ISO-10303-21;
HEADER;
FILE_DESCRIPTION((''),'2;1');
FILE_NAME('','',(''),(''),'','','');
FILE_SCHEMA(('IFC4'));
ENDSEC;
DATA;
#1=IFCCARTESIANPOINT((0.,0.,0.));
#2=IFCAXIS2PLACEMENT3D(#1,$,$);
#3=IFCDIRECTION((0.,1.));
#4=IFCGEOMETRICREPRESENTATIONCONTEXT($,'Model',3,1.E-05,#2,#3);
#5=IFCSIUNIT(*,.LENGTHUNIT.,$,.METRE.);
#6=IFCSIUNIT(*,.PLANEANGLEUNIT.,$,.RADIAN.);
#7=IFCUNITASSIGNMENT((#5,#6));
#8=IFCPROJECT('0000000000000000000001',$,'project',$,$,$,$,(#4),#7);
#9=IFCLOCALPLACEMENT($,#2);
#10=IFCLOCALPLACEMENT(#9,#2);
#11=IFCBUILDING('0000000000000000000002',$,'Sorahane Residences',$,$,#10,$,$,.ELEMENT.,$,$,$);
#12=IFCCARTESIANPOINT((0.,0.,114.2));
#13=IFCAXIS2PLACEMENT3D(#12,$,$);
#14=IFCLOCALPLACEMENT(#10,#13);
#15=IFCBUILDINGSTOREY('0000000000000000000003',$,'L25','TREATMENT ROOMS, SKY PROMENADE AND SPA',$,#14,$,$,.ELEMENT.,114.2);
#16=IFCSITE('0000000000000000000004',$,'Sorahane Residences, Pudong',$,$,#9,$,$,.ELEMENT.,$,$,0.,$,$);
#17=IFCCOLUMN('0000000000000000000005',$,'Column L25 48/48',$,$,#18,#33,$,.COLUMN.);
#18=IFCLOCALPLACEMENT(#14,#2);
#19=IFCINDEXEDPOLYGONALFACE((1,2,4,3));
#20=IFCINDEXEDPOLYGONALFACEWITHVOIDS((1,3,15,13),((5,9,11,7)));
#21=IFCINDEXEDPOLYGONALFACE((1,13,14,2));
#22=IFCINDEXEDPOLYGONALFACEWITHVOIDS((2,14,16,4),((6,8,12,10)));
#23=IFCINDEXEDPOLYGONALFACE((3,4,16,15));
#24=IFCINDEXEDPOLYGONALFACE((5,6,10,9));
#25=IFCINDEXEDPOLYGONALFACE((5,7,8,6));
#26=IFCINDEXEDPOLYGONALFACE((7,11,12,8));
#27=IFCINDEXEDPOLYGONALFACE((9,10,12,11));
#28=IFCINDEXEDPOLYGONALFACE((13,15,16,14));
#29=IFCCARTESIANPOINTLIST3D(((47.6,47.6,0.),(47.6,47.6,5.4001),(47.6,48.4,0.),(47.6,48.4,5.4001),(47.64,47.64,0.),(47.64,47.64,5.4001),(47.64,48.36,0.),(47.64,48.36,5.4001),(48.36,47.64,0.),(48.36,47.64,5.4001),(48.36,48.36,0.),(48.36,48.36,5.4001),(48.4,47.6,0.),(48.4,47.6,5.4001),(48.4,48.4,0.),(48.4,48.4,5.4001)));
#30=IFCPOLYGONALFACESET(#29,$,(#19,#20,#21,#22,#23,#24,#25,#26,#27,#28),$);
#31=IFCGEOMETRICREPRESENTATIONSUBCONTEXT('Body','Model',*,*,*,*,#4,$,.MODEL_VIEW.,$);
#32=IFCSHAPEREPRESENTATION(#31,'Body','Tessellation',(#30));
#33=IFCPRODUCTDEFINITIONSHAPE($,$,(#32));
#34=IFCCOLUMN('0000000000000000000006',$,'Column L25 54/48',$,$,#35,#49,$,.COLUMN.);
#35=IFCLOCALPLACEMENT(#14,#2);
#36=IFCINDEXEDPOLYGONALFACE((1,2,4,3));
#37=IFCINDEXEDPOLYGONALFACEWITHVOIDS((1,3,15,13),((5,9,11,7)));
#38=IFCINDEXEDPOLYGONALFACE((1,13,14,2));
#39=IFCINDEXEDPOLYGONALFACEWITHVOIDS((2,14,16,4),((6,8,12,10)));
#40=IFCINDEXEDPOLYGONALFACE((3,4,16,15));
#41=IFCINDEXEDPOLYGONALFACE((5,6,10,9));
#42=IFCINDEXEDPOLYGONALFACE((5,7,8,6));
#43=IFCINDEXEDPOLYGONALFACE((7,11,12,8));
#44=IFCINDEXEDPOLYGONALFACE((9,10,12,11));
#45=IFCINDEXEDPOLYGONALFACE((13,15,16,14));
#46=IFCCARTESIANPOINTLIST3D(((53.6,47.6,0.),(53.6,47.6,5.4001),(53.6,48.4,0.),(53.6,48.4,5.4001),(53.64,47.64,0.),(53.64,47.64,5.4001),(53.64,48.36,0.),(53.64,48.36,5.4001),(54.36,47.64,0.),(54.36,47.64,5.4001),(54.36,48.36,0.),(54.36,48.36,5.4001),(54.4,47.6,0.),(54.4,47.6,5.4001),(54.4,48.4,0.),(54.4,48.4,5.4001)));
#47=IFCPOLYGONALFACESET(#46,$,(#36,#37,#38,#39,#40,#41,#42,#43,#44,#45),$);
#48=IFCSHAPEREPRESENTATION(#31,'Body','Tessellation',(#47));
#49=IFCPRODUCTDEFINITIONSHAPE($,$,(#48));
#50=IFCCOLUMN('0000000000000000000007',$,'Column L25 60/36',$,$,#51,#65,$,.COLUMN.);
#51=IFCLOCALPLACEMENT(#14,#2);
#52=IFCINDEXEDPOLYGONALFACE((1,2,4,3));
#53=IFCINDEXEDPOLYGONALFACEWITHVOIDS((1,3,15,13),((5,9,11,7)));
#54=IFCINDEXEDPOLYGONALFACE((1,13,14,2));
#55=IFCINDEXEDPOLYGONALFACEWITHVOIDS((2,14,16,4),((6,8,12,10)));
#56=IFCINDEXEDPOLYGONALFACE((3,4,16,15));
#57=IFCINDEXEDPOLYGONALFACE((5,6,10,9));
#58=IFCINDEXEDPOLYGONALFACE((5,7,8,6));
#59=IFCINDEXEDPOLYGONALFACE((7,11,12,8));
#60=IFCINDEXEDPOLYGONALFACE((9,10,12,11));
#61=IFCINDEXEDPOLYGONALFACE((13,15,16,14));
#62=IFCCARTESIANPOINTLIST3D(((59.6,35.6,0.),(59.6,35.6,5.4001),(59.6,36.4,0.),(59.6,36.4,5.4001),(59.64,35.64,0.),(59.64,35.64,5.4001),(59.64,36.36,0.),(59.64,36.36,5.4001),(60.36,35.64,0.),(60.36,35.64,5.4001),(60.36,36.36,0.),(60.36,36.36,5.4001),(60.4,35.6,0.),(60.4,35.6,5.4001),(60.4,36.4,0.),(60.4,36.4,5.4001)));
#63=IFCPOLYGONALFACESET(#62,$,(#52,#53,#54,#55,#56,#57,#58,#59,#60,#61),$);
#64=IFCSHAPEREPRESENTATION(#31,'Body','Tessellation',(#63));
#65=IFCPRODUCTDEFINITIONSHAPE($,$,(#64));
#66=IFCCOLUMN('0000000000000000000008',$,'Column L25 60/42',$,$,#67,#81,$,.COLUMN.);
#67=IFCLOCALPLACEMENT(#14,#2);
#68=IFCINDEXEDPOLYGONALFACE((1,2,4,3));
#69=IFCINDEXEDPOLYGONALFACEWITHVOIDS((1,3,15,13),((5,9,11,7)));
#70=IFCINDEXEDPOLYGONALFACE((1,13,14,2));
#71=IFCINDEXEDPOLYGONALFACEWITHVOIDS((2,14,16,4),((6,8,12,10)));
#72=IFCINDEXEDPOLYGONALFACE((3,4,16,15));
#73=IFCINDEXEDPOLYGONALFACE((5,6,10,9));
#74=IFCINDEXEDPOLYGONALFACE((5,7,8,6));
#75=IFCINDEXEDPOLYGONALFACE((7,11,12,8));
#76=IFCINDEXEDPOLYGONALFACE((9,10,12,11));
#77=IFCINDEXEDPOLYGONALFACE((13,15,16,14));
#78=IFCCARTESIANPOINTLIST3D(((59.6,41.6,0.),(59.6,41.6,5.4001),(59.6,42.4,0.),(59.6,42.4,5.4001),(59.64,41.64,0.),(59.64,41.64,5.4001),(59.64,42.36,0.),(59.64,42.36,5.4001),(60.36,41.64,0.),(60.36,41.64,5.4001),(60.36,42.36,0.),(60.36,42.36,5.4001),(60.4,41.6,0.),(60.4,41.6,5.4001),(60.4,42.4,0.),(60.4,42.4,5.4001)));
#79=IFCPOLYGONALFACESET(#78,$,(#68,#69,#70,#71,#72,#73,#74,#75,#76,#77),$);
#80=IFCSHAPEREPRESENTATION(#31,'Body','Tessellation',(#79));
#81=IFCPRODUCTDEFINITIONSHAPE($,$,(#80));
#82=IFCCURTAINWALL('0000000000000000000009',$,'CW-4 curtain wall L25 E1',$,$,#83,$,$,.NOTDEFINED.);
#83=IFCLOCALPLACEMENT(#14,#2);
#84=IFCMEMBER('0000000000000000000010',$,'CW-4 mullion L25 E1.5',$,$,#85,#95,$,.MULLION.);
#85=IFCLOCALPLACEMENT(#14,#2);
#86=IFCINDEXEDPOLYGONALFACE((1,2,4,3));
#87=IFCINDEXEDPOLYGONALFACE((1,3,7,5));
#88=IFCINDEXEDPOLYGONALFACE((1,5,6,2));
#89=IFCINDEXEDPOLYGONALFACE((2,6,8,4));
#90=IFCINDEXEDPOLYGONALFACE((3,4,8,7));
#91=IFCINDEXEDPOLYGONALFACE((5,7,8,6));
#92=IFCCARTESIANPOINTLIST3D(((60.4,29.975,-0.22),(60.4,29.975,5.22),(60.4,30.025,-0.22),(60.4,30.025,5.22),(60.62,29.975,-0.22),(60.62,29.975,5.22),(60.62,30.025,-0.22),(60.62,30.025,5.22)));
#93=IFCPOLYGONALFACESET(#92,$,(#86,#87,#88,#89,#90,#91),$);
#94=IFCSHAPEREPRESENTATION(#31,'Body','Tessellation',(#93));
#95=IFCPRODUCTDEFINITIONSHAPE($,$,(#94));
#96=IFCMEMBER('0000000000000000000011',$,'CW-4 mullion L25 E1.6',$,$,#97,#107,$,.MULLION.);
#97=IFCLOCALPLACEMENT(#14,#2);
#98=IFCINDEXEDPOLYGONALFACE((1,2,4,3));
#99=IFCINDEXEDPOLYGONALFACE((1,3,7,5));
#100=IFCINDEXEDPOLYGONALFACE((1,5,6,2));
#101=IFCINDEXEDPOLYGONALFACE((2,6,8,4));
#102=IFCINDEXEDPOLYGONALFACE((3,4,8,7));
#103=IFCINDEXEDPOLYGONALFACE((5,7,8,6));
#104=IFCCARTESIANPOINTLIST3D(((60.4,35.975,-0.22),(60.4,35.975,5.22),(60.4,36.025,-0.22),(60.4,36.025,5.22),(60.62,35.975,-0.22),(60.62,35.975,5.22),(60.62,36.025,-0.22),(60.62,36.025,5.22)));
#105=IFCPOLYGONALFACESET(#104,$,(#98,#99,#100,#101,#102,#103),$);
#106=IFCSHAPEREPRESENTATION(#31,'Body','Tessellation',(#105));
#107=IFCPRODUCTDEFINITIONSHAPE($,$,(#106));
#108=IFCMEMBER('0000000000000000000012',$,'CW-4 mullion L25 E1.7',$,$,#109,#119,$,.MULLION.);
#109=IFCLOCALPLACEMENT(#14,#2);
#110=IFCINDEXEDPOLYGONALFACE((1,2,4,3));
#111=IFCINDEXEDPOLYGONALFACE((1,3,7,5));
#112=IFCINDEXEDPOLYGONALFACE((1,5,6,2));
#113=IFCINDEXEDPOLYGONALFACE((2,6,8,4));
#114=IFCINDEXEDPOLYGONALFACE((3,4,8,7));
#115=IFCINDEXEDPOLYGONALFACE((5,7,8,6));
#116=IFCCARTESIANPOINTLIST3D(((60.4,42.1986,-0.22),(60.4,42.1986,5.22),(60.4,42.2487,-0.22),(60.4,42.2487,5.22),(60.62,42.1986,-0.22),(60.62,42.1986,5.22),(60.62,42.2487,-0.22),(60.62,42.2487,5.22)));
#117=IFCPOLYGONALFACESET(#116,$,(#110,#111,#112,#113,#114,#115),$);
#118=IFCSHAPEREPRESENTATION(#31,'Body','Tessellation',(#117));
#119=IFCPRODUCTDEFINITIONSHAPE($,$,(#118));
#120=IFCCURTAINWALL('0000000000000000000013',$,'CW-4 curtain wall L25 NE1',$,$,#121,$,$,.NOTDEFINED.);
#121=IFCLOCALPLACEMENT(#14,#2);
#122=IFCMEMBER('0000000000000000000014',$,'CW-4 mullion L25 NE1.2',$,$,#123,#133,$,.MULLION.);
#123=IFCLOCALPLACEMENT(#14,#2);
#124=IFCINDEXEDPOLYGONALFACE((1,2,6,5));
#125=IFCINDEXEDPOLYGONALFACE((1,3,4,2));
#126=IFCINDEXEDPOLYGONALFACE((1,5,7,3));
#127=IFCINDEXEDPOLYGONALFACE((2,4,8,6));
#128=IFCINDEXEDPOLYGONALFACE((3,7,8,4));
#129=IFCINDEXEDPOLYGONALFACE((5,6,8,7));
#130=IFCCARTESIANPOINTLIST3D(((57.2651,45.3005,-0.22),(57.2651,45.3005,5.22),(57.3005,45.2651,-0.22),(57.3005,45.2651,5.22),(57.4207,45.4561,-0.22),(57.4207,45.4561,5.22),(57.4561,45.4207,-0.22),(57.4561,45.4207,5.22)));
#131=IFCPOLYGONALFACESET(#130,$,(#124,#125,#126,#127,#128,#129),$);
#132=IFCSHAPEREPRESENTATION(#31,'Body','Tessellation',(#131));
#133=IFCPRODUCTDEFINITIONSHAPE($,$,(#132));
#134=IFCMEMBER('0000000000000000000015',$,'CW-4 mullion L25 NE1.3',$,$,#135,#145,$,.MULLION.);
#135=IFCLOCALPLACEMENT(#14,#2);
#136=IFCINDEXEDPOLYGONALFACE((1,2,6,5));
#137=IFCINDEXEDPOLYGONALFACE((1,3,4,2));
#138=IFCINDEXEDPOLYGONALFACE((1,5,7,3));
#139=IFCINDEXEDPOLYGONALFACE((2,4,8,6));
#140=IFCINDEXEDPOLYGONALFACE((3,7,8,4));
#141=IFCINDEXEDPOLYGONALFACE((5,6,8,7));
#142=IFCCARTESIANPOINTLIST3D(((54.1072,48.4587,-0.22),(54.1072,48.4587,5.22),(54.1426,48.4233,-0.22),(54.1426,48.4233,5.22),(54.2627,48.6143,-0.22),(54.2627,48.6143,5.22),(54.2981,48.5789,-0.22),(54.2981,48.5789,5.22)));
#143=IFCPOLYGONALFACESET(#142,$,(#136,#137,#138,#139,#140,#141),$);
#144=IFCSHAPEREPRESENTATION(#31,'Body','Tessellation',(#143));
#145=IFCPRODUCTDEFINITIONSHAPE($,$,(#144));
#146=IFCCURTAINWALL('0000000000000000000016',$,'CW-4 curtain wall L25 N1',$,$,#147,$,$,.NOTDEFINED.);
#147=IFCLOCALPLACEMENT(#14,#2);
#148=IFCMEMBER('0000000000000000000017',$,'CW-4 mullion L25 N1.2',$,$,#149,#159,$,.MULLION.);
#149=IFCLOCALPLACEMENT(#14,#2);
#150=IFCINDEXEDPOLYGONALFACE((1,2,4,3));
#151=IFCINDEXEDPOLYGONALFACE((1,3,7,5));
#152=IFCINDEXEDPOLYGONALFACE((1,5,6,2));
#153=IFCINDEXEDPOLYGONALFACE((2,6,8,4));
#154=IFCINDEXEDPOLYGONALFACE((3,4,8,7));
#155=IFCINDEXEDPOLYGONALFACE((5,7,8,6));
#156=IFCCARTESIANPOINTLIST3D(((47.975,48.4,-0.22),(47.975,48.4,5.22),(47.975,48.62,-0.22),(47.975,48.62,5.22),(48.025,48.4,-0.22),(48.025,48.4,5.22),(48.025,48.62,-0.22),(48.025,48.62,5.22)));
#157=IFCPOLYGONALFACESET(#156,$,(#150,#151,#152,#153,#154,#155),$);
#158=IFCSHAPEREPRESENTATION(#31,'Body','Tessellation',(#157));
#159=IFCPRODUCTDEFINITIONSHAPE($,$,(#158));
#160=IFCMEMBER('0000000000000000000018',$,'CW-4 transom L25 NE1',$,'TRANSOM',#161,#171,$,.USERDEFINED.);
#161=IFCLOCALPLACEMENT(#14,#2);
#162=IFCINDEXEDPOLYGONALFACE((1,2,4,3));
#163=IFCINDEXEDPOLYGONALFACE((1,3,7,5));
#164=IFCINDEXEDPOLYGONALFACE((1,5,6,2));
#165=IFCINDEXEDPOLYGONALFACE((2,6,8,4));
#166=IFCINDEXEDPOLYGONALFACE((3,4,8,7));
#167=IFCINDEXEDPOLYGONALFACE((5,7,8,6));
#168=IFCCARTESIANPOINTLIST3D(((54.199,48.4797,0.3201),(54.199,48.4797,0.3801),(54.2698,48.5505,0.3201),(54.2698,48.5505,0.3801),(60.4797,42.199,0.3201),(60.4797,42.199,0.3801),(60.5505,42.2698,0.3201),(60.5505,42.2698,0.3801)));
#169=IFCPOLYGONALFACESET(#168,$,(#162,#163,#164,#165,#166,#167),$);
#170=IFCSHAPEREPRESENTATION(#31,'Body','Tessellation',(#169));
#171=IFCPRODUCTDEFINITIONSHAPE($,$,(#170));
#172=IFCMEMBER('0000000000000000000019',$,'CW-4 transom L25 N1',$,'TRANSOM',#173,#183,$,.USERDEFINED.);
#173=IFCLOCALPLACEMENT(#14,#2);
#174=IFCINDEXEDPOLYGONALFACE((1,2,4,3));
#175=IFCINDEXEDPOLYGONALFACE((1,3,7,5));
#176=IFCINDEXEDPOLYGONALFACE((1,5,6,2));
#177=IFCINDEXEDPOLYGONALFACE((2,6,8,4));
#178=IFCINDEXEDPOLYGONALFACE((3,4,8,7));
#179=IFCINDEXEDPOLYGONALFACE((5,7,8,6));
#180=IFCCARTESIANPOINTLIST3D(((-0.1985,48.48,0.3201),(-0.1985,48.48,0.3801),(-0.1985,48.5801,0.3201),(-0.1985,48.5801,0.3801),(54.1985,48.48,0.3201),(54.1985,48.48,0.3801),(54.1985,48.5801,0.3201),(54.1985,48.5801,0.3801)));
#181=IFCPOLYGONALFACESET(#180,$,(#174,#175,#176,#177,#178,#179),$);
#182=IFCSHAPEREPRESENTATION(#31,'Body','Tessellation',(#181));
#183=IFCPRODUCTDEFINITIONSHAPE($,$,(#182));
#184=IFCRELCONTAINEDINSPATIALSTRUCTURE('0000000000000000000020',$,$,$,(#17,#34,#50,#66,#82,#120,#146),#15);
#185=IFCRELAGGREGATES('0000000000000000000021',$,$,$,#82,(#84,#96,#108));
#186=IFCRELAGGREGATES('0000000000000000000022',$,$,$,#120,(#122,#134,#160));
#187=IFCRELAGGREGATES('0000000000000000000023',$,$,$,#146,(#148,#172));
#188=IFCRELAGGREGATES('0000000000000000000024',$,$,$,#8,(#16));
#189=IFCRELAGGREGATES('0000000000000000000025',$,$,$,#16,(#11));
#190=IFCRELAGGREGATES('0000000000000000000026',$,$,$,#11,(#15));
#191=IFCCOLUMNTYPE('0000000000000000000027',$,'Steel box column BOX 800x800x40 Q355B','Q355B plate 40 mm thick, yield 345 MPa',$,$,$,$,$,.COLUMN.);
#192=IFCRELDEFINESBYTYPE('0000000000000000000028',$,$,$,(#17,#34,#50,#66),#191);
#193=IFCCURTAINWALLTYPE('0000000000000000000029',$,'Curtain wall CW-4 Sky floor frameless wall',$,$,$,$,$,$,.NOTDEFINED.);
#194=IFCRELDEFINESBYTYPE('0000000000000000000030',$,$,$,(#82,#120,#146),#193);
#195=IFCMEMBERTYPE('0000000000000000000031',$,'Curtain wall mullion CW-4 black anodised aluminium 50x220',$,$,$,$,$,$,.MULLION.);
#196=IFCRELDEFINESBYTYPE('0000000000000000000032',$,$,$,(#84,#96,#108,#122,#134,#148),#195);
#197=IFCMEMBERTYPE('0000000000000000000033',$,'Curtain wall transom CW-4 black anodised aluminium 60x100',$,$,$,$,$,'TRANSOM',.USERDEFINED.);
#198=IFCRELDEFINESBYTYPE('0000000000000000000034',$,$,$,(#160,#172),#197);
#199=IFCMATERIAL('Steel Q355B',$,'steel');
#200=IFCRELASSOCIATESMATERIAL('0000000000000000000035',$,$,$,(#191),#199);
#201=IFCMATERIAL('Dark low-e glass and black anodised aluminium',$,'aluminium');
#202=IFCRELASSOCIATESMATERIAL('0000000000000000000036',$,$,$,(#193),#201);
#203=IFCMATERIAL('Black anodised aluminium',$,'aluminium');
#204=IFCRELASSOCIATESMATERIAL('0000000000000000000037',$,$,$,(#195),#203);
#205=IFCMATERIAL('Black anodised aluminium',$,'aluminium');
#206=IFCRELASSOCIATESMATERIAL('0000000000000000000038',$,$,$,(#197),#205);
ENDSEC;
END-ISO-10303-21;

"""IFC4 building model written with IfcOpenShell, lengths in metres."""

from ifc_helpers import new_model, si_unit, direction, frame, origin, origin_2d, place, context, subcontext, project, spatial, rectangle, hollow_rectangle, extrude, material, material_profile, profile_set, type_object, element, aggregate, save


model = new_model("IFC4")

# Units and contexts
model_context = context("Model", 3, precision=1e-05, world=origin(), true_north=direction((0.0, 1.0)))
body_context = subcontext(model_context, "Body", "Model", "MODEL_VIEW")
ifc_project = project(units=[si_unit("LENGTHUNIT", "METRE"), si_unit("PLANEANGLEUNIT", "RADIAN")], contexts=[model_context])

# Site, building, storey
site_placement = place(None, origin())
site = spatial("IfcSite", under=ifc_project, at=site_placement, Name="Sorahane Residences, Pudong", CompositionType="ELEMENT", RefElevation=0.0)
building_placement = place(site_placement, origin())
building = spatial("IfcBuilding", under=site, at=building_placement, Name="Sorahane Residences", CompositionType="ELEMENT")
storey_placement = place(building_placement, frame((0.0, 0.0, 114.2)))
storey = spatial("IfcBuildingStorey", under=building, at=storey_placement, Name="L25", Description="TREATMENT ROOMS, SKY PROMENADE AND SPA", CompositionType="ELEMENT", Elevation=114.2)

# Columns
ifc_material_1 = material(Name="Steel Q355B", Category="steel")
ifc_material_profile_1 = material_profile(ifc_material_1, hollow_rectangle(XDim=0.8, YDim=0.8, WallThickness=0.04, at=origin_2d()), Name="BOX 800x800x40")
ifc_profile_set_1 = profile_set([ifc_material_profile_1], Name="Steel Q355B")
column_type = type_object("IfcColumnType", Name="Steel box column BOX 800x800x40 Q355B", Description="Q355B plate 40 mm thick, yield 345 MPa", PredefinedType="COLUMN", material=ifc_profile_set_1)
for number, where, z_axis, x_axis, name in (
    (1, (48.0, 48.0, 0.0), (0.0, 0.0, 1.0), (1.0, 0.0, 0.0), "Column L25 48/48"),
    (2, (54.0, 48.0, 0.0), (0.0, 0.0, 1.0), (1.0, 0.0, 0.0), "Column L25 54/48"),
    (3, (60.0, 36.0, 0.0), (0.0, 0.0, 1.0), (1.0, 0.0, 0.0), "Column L25 60/36"),
    (4, (60.0, 42.0, 0.0), (0.0, 0.0, 1.0), (1.0, 0.0, 0.0), "Column L25 60/42"),
):
    element("IfcColumn", number, at=place(storey_placement, frame(where, z_axis=z_axis, x_axis=x_axis)), inside=storey, type_object=column_type, Name=name, PredefinedType="COLUMN", context=body_context, shape_type="SweptSolid", body=[
        extrude(hollow_rectangle(XDim=0.8, YDim=0.8, WallThickness=0.04, at=origin_2d()), origin(), (0.0, 0.0, 1.0), 5.4001),
    ])

# Curtain walls, members
ifc_material_2 = material(Name="Dark low-e glass and black anodised aluminium", Category="aluminium")
curtain_wall_type = type_object("IfcCurtainWallType", Name="Curtain wall CW-4 Sky floor frameless wall", PredefinedType="NOTDEFINED", material=ifc_material_2)
curtain_wall_1_placement = place(storey_placement, origin())
curtain_wall_1 = element("IfcCurtainWall", 5, at=curtain_wall_1_placement, inside=storey, type_object=curtain_wall_type, Name="CW-4 curtain wall L25 E1", PredefinedType="NOTDEFINED")
ifc_material_3 = material(Name="Black anodised aluminium", Category="aluminium")
ifc_material_profile_2 = material_profile(ifc_material_3, rectangle(XDim=0.22, YDim=0.05, at=origin_2d()), Name="Curtain wall mullion CW-4 black anodised aluminium 50x220")
ifc_profile_set_2 = profile_set([ifc_material_profile_2], Name="Black anodised aluminium")
member_type_1 = type_object("IfcMemberType", Name="Curtain wall mullion CW-4 black anodised aluminium 50x220", PredefinedType="MULLION", material=ifc_profile_set_2)
member_1_placement = place(storey_placement, frame((60.51, 30.0, -0.22), z_axis=(0.0, 0.0, 1.0), x_axis=(1.0, 0.0, 0.0)))
member_1 = element("IfcMember", 6, at=member_1_placement, type_object=member_type_1, Name="CW-4 mullion L25 E1.5", PredefinedType="MULLION", context=body_context, shape_type="SweptSolid", body=[
    extrude(rectangle(XDim=0.22, YDim=0.05, at=origin_2d()), origin(), (0.0, 0.0, 1.0), 5.4399),
])
member_2_placement = place(storey_placement, frame((60.51, 36.0, -0.22), z_axis=(0.0, 0.0, 1.0), x_axis=(1.0, 0.0, 0.0)))
member_2 = element("IfcMember", 7, at=member_2_placement, type_object=member_type_1, Name="CW-4 mullion L25 E1.6", PredefinedType="MULLION", context=body_context, shape_type="SweptSolid", body=[
    extrude(rectangle(XDim=0.22, YDim=0.05, at=origin_2d()), origin(), (0.0, 0.0, 1.0), 5.4399),
])
member_3_placement = place(storey_placement, frame((60.51, 42.2236, -0.22), z_axis=(0.0, 0.0, 1.0), x_axis=(1.0, 0.0, 0.0)))
member_3 = element("IfcMember", 8, at=member_3_placement, type_object=member_type_1, Name="CW-4 mullion L25 E1.7", PredefinedType="MULLION", context=body_context, shape_type="SweptSolid", body=[
    extrude(rectangle(XDim=0.22, YDim=0.05, at=origin_2d()), origin(), (0.0, 0.0, 1.0), 5.4399),
])
curtain_wall_2_placement = place(storey_placement, origin())
curtain_wall_2 = element("IfcCurtainWall", 9, at=curtain_wall_2_placement, inside=storey, type_object=curtain_wall_type, Name="CW-4 curtain wall L25 NE1", PredefinedType="NOTDEFINED")
member_4_placement = place(storey_placement, frame((57.3606, 45.3606, -0.22), z_axis=(0.0, 0.0, 1.0), x_axis=(0.707107, 0.707107, 0.0)))
member_4 = element("IfcMember", 10, at=member_4_placement, type_object=member_type_1, Name="CW-4 mullion L25 NE1.2", PredefinedType="MULLION", context=body_context, shape_type="SweptSolid", body=[
    extrude(rectangle(XDim=0.22, YDim=0.05, at=origin_2d()), origin(), (0.0, 0.0, 1.0), 5.4399),
])
member_5_placement = place(storey_placement, frame((54.2026, 48.5188, -0.22), z_axis=(0.0, 0.0, 1.0), x_axis=(0.707107, 0.707107, 0.0)))
member_5 = element("IfcMember", 11, at=member_5_placement, type_object=member_type_1, Name="CW-4 mullion L25 NE1.3", PredefinedType="MULLION", context=body_context, shape_type="SweptSolid", body=[
    extrude(rectangle(XDim=0.22, YDim=0.05, at=origin_2d()), origin(), (0.0, 0.0, 1.0), 5.4399),
])

# Curtain wall, member
curtain_wall_3_placement = place(storey_placement, origin())
curtain_wall_3 = element("IfcCurtainWall", 12, at=curtain_wall_3_placement, inside=storey, type_object=curtain_wall_type, Name="CW-4 curtain wall L25 N1", PredefinedType="NOTDEFINED")
member_6_placement = place(storey_placement, frame((48.0, 48.51, -0.22), z_axis=(0.0, 0.0, 1.0), x_axis=(0.0, 1.0, 0.0)))
member_6 = element("IfcMember", 13, at=member_6_placement, type_object=member_type_1, Name="CW-4 mullion L25 N1.2", PredefinedType="MULLION", context=body_context, shape_type="SweptSolid", body=[
    extrude(rectangle(XDim=0.22, YDim=0.05, at=origin_2d()), origin(), (0.0, 0.0, 1.0), 5.4399),
])

# Members
ifc_material_4 = material(Name="Black anodised aluminium", Category="aluminium")
ifc_material_profile_3 = material_profile(ifc_material_4, rectangle(XDim=0.1001, YDim=0.0601, at=origin_2d()), Name="Curtain wall transom CW-4 black anodised aluminium 60x100")
ifc_profile_set_3 = profile_set([ifc_material_profile_3], Name="Black anodised aluminium")
member_type_2 = type_object("IfcMemberType", Name="Curtain wall transom CW-4 black anodised aluminium 60x100", ElementType="TRANSOM", PredefinedType="USERDEFINED", material=ifc_profile_set_3)
member_7_placement = place(storey_placement, frame((60.5151, 42.2344, 0.3501), z_axis=(-0.707107, 0.707107, 0.0), x_axis=(-0.707107, -0.707107, 0.0)))
member_7 = element("IfcMember", 14, at=member_7_placement, type_object=member_type_2, Name="CW-4 transom L25 NE1", ObjectType="TRANSOM", PredefinedType="USERDEFINED", context=body_context, shape_type="SweptSolid", body=[
    extrude(rectangle(XDim=0.1001, YDim=0.0601, at=origin_2d()), origin(), (0.0, 0.0, 1.0), 8.8823),
])
member_8_placement = place(storey_placement, frame((54.1985, 48.53, 0.3501), z_axis=(-1.0, 0.0, 0.0), x_axis=(0.0, -1.0, 0.0)))
member_8 = element("IfcMember", 15, at=member_8_placement, type_object=member_type_2, Name="CW-4 transom L25 N1", ObjectType="TRANSOM", PredefinedType="USERDEFINED", context=body_context, shape_type="SweptSolid", body=[
    extrude(rectangle(XDim=0.1001, YDim=0.0601, at=origin_2d()), origin(), (0.0, 0.0, 1.0), 54.397),
])

aggregate(curtain_wall_1, [member_1, member_2, member_3])
aggregate(curtain_wall_2, [member_4, member_5, member_7])
aggregate(curtain_wall_3, [member_6, member_8])

save(model, "model.ifc")
